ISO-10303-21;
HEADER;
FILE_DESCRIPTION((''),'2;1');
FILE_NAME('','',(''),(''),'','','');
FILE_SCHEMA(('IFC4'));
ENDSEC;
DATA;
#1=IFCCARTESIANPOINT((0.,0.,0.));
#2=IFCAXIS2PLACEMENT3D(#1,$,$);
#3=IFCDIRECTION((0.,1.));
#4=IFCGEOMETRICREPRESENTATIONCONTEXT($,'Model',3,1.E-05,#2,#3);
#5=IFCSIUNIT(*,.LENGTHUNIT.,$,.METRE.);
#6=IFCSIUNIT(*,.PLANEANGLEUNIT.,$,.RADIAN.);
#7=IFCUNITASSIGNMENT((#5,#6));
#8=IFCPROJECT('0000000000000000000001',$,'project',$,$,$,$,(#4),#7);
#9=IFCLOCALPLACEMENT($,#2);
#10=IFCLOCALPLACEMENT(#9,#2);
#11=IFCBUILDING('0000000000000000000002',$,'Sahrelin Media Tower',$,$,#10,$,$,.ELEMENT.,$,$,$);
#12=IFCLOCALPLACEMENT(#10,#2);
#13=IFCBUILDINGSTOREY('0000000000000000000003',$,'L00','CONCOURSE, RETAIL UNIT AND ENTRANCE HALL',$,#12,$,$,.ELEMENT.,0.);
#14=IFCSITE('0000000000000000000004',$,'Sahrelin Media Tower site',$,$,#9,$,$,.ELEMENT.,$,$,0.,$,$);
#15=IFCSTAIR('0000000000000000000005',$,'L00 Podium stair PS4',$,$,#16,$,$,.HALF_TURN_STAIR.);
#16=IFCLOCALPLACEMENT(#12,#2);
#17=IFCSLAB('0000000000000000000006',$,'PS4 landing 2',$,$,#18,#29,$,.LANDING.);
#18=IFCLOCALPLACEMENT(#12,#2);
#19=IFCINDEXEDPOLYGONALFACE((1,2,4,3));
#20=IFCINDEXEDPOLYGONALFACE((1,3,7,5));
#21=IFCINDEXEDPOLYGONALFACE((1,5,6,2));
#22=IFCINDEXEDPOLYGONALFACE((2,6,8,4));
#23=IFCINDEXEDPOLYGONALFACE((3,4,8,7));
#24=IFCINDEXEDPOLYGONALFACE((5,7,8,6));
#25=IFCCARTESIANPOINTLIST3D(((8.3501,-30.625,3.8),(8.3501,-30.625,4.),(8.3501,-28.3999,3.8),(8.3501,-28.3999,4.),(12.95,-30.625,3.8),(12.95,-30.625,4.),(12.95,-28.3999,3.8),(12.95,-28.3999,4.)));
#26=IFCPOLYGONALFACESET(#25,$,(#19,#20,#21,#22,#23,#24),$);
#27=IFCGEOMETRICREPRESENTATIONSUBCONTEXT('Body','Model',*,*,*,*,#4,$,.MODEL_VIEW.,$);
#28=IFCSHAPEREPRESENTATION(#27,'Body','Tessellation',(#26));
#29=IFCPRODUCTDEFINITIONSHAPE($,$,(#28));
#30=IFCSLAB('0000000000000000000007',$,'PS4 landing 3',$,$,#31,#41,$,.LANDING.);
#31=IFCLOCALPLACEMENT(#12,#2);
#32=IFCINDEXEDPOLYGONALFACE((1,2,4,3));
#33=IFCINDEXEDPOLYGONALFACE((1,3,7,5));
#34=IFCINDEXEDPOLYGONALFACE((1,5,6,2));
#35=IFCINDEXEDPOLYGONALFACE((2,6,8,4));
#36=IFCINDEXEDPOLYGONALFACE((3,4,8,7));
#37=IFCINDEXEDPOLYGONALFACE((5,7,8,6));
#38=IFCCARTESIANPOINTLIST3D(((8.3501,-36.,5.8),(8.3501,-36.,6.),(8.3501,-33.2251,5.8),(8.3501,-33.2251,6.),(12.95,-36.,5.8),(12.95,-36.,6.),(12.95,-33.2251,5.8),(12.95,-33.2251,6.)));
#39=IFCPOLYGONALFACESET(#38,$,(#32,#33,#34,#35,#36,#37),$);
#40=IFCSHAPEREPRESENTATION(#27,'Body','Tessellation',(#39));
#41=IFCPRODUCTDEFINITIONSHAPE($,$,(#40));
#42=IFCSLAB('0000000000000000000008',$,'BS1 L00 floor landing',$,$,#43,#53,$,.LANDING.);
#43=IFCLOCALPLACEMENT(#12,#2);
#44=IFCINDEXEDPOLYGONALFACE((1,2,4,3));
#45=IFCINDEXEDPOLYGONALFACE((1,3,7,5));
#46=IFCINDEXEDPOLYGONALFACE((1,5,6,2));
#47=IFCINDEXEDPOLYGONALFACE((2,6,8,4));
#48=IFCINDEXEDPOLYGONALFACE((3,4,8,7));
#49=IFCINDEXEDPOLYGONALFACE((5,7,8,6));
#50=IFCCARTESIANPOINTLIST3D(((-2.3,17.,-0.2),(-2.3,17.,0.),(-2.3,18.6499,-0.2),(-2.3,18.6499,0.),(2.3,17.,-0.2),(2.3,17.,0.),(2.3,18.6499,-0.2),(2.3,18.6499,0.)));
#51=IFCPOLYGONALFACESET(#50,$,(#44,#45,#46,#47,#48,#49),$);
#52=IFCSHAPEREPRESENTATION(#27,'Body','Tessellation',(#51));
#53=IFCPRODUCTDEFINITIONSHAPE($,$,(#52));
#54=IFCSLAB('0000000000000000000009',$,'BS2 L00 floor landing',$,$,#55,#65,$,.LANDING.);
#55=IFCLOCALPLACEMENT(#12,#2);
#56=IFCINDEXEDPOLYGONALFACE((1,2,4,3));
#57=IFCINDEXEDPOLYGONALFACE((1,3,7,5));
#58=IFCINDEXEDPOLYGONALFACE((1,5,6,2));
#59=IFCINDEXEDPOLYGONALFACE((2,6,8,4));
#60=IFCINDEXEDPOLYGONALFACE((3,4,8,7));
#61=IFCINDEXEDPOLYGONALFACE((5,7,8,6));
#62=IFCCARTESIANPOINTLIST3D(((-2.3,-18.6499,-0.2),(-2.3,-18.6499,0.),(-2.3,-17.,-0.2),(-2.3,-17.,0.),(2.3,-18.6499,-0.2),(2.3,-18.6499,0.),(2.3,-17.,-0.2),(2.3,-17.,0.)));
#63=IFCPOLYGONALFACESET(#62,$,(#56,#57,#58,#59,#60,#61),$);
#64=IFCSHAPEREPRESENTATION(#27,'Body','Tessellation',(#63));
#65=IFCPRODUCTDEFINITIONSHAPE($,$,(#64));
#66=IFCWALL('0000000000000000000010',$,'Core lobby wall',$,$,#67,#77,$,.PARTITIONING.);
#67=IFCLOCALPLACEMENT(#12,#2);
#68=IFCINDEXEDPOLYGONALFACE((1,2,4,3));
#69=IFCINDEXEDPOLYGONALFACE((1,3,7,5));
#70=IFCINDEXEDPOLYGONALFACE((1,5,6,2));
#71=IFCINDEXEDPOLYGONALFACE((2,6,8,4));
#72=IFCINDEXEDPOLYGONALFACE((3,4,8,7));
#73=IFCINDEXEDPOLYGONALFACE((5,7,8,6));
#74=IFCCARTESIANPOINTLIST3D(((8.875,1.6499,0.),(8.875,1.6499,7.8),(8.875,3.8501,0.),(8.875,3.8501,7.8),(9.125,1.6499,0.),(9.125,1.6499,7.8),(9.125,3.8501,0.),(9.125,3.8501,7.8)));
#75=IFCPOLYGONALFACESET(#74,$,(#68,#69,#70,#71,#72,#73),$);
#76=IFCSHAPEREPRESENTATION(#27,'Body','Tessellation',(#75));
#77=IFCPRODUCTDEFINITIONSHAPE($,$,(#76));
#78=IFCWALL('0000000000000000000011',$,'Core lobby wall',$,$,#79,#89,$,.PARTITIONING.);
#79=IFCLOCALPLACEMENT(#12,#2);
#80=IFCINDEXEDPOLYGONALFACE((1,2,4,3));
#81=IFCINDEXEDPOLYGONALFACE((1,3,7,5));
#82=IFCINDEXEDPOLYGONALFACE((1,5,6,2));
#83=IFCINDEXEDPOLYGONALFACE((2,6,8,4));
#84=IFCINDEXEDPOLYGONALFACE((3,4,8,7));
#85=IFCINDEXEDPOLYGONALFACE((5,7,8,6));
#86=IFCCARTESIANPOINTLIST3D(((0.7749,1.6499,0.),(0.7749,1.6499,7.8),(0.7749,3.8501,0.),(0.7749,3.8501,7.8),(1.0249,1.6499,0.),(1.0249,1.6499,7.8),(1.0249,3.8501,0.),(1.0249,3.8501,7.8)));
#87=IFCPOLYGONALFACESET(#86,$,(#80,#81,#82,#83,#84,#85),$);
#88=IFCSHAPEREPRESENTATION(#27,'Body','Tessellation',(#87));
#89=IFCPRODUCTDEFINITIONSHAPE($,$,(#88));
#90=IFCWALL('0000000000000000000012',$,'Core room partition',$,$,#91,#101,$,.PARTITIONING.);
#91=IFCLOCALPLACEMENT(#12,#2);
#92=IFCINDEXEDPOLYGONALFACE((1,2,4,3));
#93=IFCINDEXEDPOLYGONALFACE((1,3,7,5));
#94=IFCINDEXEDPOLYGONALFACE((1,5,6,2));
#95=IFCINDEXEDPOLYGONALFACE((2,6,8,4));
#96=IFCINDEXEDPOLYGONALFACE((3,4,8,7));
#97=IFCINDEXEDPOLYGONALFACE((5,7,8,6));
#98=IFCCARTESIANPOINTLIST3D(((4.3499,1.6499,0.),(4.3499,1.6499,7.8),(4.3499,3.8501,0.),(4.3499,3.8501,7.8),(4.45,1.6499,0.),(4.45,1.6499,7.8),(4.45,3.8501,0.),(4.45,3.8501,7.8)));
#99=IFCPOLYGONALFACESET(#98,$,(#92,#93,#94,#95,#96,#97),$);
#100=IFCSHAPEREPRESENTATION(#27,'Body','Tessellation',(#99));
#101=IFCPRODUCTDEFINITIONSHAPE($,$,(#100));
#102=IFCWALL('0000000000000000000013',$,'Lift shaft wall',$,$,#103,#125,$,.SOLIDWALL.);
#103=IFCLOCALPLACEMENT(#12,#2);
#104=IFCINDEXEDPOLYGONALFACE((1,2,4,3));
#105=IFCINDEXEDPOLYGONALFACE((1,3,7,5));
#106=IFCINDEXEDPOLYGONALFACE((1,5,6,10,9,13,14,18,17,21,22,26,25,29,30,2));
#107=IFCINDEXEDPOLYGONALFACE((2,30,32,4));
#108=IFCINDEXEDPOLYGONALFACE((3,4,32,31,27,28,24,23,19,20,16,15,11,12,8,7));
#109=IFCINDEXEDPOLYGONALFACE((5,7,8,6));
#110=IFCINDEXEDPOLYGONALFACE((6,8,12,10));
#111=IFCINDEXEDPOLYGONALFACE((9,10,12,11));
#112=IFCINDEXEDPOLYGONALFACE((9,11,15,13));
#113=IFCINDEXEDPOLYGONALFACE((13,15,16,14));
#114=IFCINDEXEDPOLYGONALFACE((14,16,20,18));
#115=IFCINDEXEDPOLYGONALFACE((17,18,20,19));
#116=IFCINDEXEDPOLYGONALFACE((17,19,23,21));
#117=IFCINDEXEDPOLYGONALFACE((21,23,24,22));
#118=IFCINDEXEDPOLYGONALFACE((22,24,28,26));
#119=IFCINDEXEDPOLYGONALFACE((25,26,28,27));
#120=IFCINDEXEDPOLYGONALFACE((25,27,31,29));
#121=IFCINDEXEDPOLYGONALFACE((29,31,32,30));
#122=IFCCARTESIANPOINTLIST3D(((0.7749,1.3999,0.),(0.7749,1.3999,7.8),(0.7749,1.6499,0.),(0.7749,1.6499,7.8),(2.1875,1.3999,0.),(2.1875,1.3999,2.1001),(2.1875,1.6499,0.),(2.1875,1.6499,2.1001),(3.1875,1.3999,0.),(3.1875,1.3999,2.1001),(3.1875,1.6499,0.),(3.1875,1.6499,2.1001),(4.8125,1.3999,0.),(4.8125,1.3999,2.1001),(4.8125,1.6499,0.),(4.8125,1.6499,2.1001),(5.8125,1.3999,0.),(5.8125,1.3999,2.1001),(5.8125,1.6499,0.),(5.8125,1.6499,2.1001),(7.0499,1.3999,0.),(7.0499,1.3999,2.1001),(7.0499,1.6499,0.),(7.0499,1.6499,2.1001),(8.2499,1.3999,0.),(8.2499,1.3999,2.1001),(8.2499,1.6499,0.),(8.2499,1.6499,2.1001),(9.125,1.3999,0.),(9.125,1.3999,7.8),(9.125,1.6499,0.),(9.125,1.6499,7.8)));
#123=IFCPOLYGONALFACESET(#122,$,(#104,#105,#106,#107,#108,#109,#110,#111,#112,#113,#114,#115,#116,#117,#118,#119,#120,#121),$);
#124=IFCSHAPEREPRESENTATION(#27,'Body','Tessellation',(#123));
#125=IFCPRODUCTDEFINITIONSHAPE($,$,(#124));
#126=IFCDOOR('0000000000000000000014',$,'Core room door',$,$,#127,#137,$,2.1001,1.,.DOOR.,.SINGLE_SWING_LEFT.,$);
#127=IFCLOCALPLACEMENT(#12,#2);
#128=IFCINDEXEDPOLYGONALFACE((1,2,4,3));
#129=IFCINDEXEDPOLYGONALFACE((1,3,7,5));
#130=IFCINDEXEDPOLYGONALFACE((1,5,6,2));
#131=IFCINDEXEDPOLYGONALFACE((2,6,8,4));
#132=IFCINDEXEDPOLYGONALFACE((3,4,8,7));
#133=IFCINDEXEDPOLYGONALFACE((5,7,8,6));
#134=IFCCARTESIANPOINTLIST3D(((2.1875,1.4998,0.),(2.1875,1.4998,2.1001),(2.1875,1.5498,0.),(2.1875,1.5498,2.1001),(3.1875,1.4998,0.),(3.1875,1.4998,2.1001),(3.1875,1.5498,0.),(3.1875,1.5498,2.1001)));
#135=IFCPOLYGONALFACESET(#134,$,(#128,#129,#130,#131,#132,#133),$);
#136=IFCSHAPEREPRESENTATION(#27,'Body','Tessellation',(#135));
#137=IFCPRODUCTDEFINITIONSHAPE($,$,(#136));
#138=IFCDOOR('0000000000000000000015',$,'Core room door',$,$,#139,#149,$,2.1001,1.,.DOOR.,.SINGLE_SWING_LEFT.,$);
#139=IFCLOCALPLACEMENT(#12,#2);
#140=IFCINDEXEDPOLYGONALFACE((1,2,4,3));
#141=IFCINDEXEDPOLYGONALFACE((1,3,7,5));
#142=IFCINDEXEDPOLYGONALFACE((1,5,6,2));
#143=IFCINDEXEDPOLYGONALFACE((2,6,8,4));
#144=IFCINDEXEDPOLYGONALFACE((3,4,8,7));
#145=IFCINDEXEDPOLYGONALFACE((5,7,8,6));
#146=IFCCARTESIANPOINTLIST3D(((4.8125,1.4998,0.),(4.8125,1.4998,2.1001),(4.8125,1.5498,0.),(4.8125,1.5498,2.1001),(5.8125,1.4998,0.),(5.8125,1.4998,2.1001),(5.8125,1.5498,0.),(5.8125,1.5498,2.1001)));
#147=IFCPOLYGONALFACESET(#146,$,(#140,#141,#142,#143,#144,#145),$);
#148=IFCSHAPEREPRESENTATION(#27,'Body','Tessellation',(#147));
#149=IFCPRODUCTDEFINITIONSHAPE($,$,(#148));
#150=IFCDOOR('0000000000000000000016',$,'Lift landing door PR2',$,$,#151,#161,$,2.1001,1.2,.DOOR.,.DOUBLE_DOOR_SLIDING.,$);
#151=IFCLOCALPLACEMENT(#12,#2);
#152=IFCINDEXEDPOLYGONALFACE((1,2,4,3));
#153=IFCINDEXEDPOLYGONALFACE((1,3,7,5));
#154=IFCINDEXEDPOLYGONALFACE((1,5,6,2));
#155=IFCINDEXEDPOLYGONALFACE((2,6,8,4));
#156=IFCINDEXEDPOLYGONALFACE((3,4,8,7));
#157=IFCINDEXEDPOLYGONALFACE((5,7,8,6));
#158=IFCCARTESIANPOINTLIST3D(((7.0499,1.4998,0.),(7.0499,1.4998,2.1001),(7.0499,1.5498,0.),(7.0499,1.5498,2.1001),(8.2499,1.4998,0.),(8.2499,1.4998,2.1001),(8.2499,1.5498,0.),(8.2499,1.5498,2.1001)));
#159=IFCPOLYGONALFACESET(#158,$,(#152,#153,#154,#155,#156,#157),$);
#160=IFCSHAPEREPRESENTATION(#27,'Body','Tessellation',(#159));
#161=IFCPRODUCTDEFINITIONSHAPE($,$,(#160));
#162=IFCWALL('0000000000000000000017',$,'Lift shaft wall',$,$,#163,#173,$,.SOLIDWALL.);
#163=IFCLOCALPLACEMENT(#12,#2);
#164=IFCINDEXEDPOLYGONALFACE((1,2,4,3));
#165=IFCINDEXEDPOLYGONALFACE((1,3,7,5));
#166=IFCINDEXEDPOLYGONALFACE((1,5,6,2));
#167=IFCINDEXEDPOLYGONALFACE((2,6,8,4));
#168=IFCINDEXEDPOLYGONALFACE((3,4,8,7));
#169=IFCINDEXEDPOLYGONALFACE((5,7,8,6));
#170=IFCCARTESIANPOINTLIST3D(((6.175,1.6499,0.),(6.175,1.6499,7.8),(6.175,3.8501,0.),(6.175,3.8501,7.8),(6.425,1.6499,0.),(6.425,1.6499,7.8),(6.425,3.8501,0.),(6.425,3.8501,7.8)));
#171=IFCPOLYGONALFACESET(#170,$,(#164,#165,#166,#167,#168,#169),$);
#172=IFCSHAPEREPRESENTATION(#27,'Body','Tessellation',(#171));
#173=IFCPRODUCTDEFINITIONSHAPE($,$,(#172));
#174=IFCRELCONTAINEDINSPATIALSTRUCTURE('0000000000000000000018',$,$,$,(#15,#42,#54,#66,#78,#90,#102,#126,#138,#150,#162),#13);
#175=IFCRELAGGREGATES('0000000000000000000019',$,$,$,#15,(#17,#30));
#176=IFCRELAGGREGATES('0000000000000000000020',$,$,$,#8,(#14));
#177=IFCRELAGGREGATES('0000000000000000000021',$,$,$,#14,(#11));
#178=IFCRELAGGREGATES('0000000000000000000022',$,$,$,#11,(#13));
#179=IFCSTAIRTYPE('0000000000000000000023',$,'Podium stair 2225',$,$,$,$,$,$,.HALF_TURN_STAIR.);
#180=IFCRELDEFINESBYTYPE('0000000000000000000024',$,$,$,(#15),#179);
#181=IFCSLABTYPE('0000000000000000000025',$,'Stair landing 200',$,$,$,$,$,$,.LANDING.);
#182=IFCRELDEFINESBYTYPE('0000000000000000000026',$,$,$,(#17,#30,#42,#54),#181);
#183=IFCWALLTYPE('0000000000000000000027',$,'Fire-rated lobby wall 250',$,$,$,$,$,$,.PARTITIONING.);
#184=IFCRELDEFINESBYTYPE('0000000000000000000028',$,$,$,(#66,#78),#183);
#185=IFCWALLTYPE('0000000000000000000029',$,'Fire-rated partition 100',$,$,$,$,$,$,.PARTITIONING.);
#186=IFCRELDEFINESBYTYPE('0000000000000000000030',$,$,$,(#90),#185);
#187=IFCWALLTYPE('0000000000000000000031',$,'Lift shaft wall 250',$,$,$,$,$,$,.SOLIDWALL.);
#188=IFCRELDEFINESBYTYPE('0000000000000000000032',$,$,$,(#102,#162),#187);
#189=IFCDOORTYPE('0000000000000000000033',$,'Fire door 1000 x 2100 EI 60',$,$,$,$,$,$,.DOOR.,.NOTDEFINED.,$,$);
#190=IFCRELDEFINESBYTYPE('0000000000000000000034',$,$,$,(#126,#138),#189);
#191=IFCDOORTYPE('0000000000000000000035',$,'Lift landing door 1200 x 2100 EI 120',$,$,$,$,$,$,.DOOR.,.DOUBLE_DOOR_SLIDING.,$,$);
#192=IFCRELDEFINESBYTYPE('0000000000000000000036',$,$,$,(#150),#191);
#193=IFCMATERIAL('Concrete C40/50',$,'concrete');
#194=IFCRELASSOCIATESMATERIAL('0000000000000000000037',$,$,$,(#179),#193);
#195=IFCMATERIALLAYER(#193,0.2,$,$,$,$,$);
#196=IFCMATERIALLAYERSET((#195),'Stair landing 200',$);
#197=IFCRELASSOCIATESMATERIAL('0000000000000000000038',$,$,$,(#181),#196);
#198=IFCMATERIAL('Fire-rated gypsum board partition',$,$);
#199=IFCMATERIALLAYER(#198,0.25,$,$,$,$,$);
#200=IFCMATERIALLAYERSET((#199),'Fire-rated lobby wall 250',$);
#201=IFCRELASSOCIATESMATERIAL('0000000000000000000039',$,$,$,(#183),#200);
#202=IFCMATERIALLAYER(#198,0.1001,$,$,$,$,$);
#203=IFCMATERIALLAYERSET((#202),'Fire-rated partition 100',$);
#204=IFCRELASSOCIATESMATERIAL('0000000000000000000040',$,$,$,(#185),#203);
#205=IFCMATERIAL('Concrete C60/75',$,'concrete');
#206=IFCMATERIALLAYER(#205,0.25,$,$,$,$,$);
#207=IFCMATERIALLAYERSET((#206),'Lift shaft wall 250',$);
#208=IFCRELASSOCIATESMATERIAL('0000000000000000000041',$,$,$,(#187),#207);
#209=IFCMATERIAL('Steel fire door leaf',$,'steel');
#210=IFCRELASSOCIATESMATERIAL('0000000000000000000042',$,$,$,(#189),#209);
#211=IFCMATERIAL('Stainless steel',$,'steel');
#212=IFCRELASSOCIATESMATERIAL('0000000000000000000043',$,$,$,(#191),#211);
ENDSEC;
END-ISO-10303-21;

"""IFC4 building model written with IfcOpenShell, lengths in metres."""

from ifc_helpers import new_model, si_unit, direction, frame, frame_2d, origin, place, context, subcontext, project, spatial, polyline, rectangle, outline, extrude, material, layer, layer_set, type_object, element, fill, aggregate, save


model = new_model("IFC4")

# Units and contexts
model_context = context("Model", 3, precision=1e-05, world=origin(), true_north=direction((0.0, 1.0)))
body_context = subcontext(model_context, "Body", "Model", "MODEL_VIEW")
ifc_project = project(units=[si_unit("LENGTHUNIT", "METRE"), si_unit("PLANEANGLEUNIT", "RADIAN")], contexts=[model_context])

# Site, building, storey
site_placement = place(None, origin())
site = spatial("IfcSite", under=ifc_project, at=site_placement, Name="Sahrelin Media Tower site", CompositionType="ELEMENT", RefElevation=0.0)
building_placement = place(site_placement, origin())
building = spatial("IfcBuilding", under=site, at=building_placement, Name="Sahrelin Media Tower", CompositionType="ELEMENT")
storey_placement = place(building_placement, origin())
storey = spatial("IfcBuildingStorey", under=building, at=storey_placement, Name="L00", Description="CONCOURSE, RETAIL UNIT AND ENTRANCE HALL", CompositionType="ELEMENT", Elevation=0.0)

# Shared definitions
ifc_material_1 = material(Name="Concrete C40/50", Category="concrete")

# Stair, slabs
stair_type = type_object("IfcStairType", Name="Podium stair 2225", PredefinedType="HALF_TURN_STAIR", material=ifc_material_1)
placement_1 = place(storey_placement, origin())
ifc_layer_1 = layer(ifc_material_1, 0.2)
ifc_layer_set_1 = layer_set([ifc_layer_1], Name="Stair landing 200")
slab_type_1 = type_object("IfcSlabType", Name="Stair landing 200", PredefinedType="LANDING", material=ifc_layer_set_1)
placement_2 = place(storey_placement, frame((0.0, 0.0, 3.8)))
placement_3 = place(storey_placement, frame((0.0, 0.0, 5.8)))
stair_1 = element("IfcStair", 1, at=placement_1, inside=storey, type_object=stair_type, Name="L00 Podium stair PS4", PredefinedType="HALF_TURN_STAIR")
slab_1 = element("IfcSlab", 2, at=placement_2, type_object=slab_type_1, Name="PS4 landing 2", PredefinedType="LANDING", context=body_context, shape_type="SweptSolid", body=[
    extrude(outline(polyline([(8.3501, -28.3999), (8.3501, -30.625), (12.95, -30.625), (12.95, -28.3999), (8.3501, -28.3999)])), origin(), (0.0, 0.0, 1.0), 0.2),
])
slab_2 = element("IfcSlab", 3, at=placement_3, type_object=slab_type_1, Name="PS4 landing 3", PredefinedType="LANDING", context=body_context, shape_type="SweptSolid", body=[
    extrude(outline(polyline([(8.3501, -33.2251), (8.3501, -36.0), (12.95, -36.0), (12.95, -33.2251), (8.3501, -33.2251)])), origin(), (0.0, 0.0, 1.0), 0.2),
])
aggregate(stair_1, [slab_1, slab_2])

# Slabs
placement_4 = place(storey_placement, frame((0.0, 0.0, -0.2)))
element("IfcSlab", 4, at=placement_4, inside=storey, type_object=slab_type_1, Name="BS1 L00 floor landing", PredefinedType="LANDING", context=body_context, shape_type="SweptSolid", body=[
    extrude(outline(polyline([(2.3, 17.0), (2.3, 18.6499), (-2.3, 18.6499), (-2.3, 17.0), (2.3, 17.0)])), origin(), (0.0, 0.0, 1.0), 0.2),
])
element("IfcSlab", 5, at=placement_4, inside=storey, type_object=slab_type_1, Name="BS2 L00 floor landing", PredefinedType="LANDING", context=body_context, shape_type="SweptSolid", body=[
    extrude(outline(polyline([(-2.3, -17.0), (-2.3, -18.6499), (2.3, -18.6499), (2.3, -17.0), (-2.3, -17.0)])), origin(), (0.0, 0.0, 1.0), 0.2),
])

# Walls
ifc_material_2 = material(Name="Fire-rated gypsum board partition")
ifc_layer_2 = layer(ifc_material_2, 0.25)
ifc_layer_set_2 = layer_set([ifc_layer_2], Name="Fire-rated lobby wall 250")
wall_type_1 = type_object("IfcWallType", Name="Fire-rated lobby wall 250", PredefinedType="PARTITIONING", material=ifc_layer_set_2)
for number, where, z_axis, x_axis, name in (
    (6, (9.0, 1.6499, 0.0), (0.0, 0.0, 1.0), (0.0, 1.0, 0.0), "Core lobby wall"),
    (7, (0.8999, 1.6499, 0.0), (0.0, 0.0, 1.0), (0.0, 1.0, 0.0), "Core lobby wall"),
):
    element("IfcWall", number, at=place(storey_placement, frame(where, z_axis=z_axis, x_axis=x_axis)), inside=storey, type_object=wall_type_1, Name=name, PredefinedType="PARTITIONING", context=body_context, shape_type="SweptSolid", body=[
        extrude(rectangle(XDim=2.2002, YDim=0.25, at=frame_2d((1.1001, 0.0))), origin(), (0.0, 0.0, 1.0), 7.8),
    ])
ifc_layer_3 = layer(ifc_material_2, 0.1001)
ifc_layer_set_3 = layer_set([ifc_layer_3], Name="Fire-rated partition 100")
wall_type_2 = type_object("IfcWallType", Name="Fire-rated partition 100", PredefinedType="PARTITIONING", material=ifc_layer_set_3)
wall_1_placement = place(storey_placement, frame((4.3999, 1.6499, 0.0), z_axis=(0.0, 0.0, 1.0), x_axis=(0.0, 1.0, 0.0)))
element("IfcWall", 8, at=wall_1_placement, inside=storey, type_object=wall_type_2, Name="Core room partition", PredefinedType="PARTITIONING", context=body_context, shape_type="SweptSolid", body=[
    extrude(rectangle(XDim=2.2002, YDim=0.1001, at=frame_2d((1.1001, 0.0))), origin(), (0.0, 0.0, 1.0), 7.8),
])

# Wall, openings, doors
ifc_material_3 = material(Name="Concrete C60/75", Category="concrete")
ifc_layer_4 = layer(ifc_material_3, 0.25)
ifc_layer_set_4 = layer_set([ifc_layer_4], Name="Lift shaft wall 250")
wall_type_3 = type_object("IfcWallType", Name="Lift shaft wall 250", PredefinedType="SOLIDWALL", material=ifc_layer_set_4)
wall_2_placement = place(storey_placement, frame((0.7749, 1.5249, 0.0), z_axis=(0.0, 0.0, 1.0), x_axis=(1.0, 0.0, 0.0)))
wall_2 = element("IfcWall", 9, at=wall_2_placement, inside=storey, type_object=wall_type_3, Name="Lift shaft wall", PredefinedType="SOLIDWALL", context=body_context, shape_type="SweptSolid", body=[
    extrude(rectangle(XDim=8.3501, YDim=0.25, at=frame_2d((4.175, 0.0))), origin(), (0.0, 0.0, 1.0), 7.8),
])
opening_1_placement = place(wall_2_placement, frame((6.2749, 0.0, 0.0)))
opening_1 = element("IfcOpeningElement", 10, at=opening_1_placement, cuts=wall_2, PredefinedType="OPENING", context=body_context, shape_type="SweptSolid", body=[
    extrude(rectangle(XDim=1.2, YDim=2.1001, at=frame_2d((0.6001, 1.05))), frame((0.0, 0.125, 0.0), z_axis=(0.0, -1.0, 0.0), x_axis=(1.0, 0.0, 0.0)), (0.0, 0.0, 1.0), 0.25),
])
opening_2_placement = place(wall_2_placement, frame((1.4126, 0.0, 0.0)))
opening_2 = element("IfcOpeningElement", 11, at=opening_2_placement, cuts=wall_2, PredefinedType="OPENING", context=body_context, shape_type="SweptSolid", body=[
    extrude(rectangle(XDim=1.0, YDim=2.1001, at=frame_2d((0.5, 1.05))), frame((0.0, 0.125, 0.0), z_axis=(0.0, -1.0, 0.0), x_axis=(1.0, 0.0, 0.0)), (0.0, 0.0, 1.0), 0.25),
])
opening_3_placement = place(wall_2_placement, frame((4.0376, 0.0, 0.0)))
opening_3 = element("IfcOpeningElement", 12, at=opening_3_placement, cuts=wall_2, PredefinedType="OPENING", context=body_context, shape_type="SweptSolid", body=[
    extrude(rectangle(XDim=1.0, YDim=2.1001, at=frame_2d((0.5, 1.05))), frame((0.0, 0.125, 0.0), z_axis=(0.0, -1.0, 0.0), x_axis=(1.0, 0.0, 0.0)), (0.0, 0.0, 1.0), 0.25),
])
ifc_material_4 = material(Name="Steel fire door leaf", Category="steel")
door_type_1 = type_object("IfcDoorType", Name="Fire door 1000 x 2100 EI 60", OperationType="NOTDEFINED", PredefinedType="DOOR", material=ifc_material_4)
door_1_placement = place(opening_2_placement, origin())
door_1 = element("IfcDoor", 13, at=door_1_placement, inside=storey, type_object=door_type_1, Name="Core room door", OperationType="SINGLE_SWING_LEFT", OverallHeight=2.1001, OverallWidth=1.0, PredefinedType="DOOR", context=body_context, shape_type="SweptSolid", body=[
    extrude(rectangle(XDim=1.0, YDim=2.1001, at=frame_2d((0.5, 1.05))), frame((0.0, 0.0249, 0.0), z_axis=(0.0, -1.0, 0.0), x_axis=(1.0, 0.0, 0.0)), (0.0, 0.0, 1.0), 0.05),
])
fill(opening_2, door_1)
door_2_placement = place(opening_3_placement, origin())
door_2 = element("IfcDoor", 14, at=door_2_placement, inside=storey, type_object=door_type_1, Name="Core room door", OperationType="SINGLE_SWING_LEFT", OverallHeight=2.1001, OverallWidth=1.0, PredefinedType="DOOR", context=body_context, shape_type="SweptSolid", body=[
    extrude(rectangle(XDim=1.0, YDim=2.1001, at=frame_2d((0.5, 1.05))), frame((0.0, 0.0249, 0.0), z_axis=(0.0, -1.0, 0.0), x_axis=(1.0, 0.0, 0.0)), (0.0, 0.0, 1.0), 0.05),
])
fill(opening_3, door_2)
ifc_material_5 = material(Name="Stainless steel", Category="steel")
door_type_2 = type_object("IfcDoorType", Name="Lift landing door 1200 x 2100 EI 120", OperationType="DOUBLE_DOOR_SLIDING", PredefinedType="DOOR", material=ifc_material_5)
door_3_placement = place(opening_1_placement, origin())
door_3 = element("IfcDoor", 15, at=door_3_placement, inside=storey, type_object=door_type_2, Name="Lift landing door PR2", OperationType="DOUBLE_DOOR_SLIDING", OverallHeight=2.1001, OverallWidth=1.2, PredefinedType="DOOR", context=body_context, shape_type="SweptSolid", body=[
    extrude(rectangle(XDim=1.2, YDim=2.1001, at=frame_2d((0.6001, 1.05))), frame((0.0, 0.0249, 0.0), z_axis=(0.0, -1.0, 0.0), x_axis=(1.0, 0.0, 0.0)), (0.0, 0.0, 1.0), 0.05),
])
fill(opening_1, door_3)

# Wall
wall_3_placement = place(storey_placement, frame((6.3, 1.6499, 0.0), z_axis=(0.0, 0.0, 1.0), x_axis=(0.0, 1.0, 0.0)))
element("IfcWall", 16, at=wall_3_placement, inside=storey, type_object=wall_type_3, Name="Lift shaft wall", PredefinedType="SOLIDWALL", context=body_context, shape_type="SweptSolid", body=[
    extrude(rectangle(XDim=2.2002, YDim=0.25, at=frame_2d((1.1001, 0.0))), origin(), (0.0, 0.0, 1.0), 7.8),
])

save(model, "model.ifc")
